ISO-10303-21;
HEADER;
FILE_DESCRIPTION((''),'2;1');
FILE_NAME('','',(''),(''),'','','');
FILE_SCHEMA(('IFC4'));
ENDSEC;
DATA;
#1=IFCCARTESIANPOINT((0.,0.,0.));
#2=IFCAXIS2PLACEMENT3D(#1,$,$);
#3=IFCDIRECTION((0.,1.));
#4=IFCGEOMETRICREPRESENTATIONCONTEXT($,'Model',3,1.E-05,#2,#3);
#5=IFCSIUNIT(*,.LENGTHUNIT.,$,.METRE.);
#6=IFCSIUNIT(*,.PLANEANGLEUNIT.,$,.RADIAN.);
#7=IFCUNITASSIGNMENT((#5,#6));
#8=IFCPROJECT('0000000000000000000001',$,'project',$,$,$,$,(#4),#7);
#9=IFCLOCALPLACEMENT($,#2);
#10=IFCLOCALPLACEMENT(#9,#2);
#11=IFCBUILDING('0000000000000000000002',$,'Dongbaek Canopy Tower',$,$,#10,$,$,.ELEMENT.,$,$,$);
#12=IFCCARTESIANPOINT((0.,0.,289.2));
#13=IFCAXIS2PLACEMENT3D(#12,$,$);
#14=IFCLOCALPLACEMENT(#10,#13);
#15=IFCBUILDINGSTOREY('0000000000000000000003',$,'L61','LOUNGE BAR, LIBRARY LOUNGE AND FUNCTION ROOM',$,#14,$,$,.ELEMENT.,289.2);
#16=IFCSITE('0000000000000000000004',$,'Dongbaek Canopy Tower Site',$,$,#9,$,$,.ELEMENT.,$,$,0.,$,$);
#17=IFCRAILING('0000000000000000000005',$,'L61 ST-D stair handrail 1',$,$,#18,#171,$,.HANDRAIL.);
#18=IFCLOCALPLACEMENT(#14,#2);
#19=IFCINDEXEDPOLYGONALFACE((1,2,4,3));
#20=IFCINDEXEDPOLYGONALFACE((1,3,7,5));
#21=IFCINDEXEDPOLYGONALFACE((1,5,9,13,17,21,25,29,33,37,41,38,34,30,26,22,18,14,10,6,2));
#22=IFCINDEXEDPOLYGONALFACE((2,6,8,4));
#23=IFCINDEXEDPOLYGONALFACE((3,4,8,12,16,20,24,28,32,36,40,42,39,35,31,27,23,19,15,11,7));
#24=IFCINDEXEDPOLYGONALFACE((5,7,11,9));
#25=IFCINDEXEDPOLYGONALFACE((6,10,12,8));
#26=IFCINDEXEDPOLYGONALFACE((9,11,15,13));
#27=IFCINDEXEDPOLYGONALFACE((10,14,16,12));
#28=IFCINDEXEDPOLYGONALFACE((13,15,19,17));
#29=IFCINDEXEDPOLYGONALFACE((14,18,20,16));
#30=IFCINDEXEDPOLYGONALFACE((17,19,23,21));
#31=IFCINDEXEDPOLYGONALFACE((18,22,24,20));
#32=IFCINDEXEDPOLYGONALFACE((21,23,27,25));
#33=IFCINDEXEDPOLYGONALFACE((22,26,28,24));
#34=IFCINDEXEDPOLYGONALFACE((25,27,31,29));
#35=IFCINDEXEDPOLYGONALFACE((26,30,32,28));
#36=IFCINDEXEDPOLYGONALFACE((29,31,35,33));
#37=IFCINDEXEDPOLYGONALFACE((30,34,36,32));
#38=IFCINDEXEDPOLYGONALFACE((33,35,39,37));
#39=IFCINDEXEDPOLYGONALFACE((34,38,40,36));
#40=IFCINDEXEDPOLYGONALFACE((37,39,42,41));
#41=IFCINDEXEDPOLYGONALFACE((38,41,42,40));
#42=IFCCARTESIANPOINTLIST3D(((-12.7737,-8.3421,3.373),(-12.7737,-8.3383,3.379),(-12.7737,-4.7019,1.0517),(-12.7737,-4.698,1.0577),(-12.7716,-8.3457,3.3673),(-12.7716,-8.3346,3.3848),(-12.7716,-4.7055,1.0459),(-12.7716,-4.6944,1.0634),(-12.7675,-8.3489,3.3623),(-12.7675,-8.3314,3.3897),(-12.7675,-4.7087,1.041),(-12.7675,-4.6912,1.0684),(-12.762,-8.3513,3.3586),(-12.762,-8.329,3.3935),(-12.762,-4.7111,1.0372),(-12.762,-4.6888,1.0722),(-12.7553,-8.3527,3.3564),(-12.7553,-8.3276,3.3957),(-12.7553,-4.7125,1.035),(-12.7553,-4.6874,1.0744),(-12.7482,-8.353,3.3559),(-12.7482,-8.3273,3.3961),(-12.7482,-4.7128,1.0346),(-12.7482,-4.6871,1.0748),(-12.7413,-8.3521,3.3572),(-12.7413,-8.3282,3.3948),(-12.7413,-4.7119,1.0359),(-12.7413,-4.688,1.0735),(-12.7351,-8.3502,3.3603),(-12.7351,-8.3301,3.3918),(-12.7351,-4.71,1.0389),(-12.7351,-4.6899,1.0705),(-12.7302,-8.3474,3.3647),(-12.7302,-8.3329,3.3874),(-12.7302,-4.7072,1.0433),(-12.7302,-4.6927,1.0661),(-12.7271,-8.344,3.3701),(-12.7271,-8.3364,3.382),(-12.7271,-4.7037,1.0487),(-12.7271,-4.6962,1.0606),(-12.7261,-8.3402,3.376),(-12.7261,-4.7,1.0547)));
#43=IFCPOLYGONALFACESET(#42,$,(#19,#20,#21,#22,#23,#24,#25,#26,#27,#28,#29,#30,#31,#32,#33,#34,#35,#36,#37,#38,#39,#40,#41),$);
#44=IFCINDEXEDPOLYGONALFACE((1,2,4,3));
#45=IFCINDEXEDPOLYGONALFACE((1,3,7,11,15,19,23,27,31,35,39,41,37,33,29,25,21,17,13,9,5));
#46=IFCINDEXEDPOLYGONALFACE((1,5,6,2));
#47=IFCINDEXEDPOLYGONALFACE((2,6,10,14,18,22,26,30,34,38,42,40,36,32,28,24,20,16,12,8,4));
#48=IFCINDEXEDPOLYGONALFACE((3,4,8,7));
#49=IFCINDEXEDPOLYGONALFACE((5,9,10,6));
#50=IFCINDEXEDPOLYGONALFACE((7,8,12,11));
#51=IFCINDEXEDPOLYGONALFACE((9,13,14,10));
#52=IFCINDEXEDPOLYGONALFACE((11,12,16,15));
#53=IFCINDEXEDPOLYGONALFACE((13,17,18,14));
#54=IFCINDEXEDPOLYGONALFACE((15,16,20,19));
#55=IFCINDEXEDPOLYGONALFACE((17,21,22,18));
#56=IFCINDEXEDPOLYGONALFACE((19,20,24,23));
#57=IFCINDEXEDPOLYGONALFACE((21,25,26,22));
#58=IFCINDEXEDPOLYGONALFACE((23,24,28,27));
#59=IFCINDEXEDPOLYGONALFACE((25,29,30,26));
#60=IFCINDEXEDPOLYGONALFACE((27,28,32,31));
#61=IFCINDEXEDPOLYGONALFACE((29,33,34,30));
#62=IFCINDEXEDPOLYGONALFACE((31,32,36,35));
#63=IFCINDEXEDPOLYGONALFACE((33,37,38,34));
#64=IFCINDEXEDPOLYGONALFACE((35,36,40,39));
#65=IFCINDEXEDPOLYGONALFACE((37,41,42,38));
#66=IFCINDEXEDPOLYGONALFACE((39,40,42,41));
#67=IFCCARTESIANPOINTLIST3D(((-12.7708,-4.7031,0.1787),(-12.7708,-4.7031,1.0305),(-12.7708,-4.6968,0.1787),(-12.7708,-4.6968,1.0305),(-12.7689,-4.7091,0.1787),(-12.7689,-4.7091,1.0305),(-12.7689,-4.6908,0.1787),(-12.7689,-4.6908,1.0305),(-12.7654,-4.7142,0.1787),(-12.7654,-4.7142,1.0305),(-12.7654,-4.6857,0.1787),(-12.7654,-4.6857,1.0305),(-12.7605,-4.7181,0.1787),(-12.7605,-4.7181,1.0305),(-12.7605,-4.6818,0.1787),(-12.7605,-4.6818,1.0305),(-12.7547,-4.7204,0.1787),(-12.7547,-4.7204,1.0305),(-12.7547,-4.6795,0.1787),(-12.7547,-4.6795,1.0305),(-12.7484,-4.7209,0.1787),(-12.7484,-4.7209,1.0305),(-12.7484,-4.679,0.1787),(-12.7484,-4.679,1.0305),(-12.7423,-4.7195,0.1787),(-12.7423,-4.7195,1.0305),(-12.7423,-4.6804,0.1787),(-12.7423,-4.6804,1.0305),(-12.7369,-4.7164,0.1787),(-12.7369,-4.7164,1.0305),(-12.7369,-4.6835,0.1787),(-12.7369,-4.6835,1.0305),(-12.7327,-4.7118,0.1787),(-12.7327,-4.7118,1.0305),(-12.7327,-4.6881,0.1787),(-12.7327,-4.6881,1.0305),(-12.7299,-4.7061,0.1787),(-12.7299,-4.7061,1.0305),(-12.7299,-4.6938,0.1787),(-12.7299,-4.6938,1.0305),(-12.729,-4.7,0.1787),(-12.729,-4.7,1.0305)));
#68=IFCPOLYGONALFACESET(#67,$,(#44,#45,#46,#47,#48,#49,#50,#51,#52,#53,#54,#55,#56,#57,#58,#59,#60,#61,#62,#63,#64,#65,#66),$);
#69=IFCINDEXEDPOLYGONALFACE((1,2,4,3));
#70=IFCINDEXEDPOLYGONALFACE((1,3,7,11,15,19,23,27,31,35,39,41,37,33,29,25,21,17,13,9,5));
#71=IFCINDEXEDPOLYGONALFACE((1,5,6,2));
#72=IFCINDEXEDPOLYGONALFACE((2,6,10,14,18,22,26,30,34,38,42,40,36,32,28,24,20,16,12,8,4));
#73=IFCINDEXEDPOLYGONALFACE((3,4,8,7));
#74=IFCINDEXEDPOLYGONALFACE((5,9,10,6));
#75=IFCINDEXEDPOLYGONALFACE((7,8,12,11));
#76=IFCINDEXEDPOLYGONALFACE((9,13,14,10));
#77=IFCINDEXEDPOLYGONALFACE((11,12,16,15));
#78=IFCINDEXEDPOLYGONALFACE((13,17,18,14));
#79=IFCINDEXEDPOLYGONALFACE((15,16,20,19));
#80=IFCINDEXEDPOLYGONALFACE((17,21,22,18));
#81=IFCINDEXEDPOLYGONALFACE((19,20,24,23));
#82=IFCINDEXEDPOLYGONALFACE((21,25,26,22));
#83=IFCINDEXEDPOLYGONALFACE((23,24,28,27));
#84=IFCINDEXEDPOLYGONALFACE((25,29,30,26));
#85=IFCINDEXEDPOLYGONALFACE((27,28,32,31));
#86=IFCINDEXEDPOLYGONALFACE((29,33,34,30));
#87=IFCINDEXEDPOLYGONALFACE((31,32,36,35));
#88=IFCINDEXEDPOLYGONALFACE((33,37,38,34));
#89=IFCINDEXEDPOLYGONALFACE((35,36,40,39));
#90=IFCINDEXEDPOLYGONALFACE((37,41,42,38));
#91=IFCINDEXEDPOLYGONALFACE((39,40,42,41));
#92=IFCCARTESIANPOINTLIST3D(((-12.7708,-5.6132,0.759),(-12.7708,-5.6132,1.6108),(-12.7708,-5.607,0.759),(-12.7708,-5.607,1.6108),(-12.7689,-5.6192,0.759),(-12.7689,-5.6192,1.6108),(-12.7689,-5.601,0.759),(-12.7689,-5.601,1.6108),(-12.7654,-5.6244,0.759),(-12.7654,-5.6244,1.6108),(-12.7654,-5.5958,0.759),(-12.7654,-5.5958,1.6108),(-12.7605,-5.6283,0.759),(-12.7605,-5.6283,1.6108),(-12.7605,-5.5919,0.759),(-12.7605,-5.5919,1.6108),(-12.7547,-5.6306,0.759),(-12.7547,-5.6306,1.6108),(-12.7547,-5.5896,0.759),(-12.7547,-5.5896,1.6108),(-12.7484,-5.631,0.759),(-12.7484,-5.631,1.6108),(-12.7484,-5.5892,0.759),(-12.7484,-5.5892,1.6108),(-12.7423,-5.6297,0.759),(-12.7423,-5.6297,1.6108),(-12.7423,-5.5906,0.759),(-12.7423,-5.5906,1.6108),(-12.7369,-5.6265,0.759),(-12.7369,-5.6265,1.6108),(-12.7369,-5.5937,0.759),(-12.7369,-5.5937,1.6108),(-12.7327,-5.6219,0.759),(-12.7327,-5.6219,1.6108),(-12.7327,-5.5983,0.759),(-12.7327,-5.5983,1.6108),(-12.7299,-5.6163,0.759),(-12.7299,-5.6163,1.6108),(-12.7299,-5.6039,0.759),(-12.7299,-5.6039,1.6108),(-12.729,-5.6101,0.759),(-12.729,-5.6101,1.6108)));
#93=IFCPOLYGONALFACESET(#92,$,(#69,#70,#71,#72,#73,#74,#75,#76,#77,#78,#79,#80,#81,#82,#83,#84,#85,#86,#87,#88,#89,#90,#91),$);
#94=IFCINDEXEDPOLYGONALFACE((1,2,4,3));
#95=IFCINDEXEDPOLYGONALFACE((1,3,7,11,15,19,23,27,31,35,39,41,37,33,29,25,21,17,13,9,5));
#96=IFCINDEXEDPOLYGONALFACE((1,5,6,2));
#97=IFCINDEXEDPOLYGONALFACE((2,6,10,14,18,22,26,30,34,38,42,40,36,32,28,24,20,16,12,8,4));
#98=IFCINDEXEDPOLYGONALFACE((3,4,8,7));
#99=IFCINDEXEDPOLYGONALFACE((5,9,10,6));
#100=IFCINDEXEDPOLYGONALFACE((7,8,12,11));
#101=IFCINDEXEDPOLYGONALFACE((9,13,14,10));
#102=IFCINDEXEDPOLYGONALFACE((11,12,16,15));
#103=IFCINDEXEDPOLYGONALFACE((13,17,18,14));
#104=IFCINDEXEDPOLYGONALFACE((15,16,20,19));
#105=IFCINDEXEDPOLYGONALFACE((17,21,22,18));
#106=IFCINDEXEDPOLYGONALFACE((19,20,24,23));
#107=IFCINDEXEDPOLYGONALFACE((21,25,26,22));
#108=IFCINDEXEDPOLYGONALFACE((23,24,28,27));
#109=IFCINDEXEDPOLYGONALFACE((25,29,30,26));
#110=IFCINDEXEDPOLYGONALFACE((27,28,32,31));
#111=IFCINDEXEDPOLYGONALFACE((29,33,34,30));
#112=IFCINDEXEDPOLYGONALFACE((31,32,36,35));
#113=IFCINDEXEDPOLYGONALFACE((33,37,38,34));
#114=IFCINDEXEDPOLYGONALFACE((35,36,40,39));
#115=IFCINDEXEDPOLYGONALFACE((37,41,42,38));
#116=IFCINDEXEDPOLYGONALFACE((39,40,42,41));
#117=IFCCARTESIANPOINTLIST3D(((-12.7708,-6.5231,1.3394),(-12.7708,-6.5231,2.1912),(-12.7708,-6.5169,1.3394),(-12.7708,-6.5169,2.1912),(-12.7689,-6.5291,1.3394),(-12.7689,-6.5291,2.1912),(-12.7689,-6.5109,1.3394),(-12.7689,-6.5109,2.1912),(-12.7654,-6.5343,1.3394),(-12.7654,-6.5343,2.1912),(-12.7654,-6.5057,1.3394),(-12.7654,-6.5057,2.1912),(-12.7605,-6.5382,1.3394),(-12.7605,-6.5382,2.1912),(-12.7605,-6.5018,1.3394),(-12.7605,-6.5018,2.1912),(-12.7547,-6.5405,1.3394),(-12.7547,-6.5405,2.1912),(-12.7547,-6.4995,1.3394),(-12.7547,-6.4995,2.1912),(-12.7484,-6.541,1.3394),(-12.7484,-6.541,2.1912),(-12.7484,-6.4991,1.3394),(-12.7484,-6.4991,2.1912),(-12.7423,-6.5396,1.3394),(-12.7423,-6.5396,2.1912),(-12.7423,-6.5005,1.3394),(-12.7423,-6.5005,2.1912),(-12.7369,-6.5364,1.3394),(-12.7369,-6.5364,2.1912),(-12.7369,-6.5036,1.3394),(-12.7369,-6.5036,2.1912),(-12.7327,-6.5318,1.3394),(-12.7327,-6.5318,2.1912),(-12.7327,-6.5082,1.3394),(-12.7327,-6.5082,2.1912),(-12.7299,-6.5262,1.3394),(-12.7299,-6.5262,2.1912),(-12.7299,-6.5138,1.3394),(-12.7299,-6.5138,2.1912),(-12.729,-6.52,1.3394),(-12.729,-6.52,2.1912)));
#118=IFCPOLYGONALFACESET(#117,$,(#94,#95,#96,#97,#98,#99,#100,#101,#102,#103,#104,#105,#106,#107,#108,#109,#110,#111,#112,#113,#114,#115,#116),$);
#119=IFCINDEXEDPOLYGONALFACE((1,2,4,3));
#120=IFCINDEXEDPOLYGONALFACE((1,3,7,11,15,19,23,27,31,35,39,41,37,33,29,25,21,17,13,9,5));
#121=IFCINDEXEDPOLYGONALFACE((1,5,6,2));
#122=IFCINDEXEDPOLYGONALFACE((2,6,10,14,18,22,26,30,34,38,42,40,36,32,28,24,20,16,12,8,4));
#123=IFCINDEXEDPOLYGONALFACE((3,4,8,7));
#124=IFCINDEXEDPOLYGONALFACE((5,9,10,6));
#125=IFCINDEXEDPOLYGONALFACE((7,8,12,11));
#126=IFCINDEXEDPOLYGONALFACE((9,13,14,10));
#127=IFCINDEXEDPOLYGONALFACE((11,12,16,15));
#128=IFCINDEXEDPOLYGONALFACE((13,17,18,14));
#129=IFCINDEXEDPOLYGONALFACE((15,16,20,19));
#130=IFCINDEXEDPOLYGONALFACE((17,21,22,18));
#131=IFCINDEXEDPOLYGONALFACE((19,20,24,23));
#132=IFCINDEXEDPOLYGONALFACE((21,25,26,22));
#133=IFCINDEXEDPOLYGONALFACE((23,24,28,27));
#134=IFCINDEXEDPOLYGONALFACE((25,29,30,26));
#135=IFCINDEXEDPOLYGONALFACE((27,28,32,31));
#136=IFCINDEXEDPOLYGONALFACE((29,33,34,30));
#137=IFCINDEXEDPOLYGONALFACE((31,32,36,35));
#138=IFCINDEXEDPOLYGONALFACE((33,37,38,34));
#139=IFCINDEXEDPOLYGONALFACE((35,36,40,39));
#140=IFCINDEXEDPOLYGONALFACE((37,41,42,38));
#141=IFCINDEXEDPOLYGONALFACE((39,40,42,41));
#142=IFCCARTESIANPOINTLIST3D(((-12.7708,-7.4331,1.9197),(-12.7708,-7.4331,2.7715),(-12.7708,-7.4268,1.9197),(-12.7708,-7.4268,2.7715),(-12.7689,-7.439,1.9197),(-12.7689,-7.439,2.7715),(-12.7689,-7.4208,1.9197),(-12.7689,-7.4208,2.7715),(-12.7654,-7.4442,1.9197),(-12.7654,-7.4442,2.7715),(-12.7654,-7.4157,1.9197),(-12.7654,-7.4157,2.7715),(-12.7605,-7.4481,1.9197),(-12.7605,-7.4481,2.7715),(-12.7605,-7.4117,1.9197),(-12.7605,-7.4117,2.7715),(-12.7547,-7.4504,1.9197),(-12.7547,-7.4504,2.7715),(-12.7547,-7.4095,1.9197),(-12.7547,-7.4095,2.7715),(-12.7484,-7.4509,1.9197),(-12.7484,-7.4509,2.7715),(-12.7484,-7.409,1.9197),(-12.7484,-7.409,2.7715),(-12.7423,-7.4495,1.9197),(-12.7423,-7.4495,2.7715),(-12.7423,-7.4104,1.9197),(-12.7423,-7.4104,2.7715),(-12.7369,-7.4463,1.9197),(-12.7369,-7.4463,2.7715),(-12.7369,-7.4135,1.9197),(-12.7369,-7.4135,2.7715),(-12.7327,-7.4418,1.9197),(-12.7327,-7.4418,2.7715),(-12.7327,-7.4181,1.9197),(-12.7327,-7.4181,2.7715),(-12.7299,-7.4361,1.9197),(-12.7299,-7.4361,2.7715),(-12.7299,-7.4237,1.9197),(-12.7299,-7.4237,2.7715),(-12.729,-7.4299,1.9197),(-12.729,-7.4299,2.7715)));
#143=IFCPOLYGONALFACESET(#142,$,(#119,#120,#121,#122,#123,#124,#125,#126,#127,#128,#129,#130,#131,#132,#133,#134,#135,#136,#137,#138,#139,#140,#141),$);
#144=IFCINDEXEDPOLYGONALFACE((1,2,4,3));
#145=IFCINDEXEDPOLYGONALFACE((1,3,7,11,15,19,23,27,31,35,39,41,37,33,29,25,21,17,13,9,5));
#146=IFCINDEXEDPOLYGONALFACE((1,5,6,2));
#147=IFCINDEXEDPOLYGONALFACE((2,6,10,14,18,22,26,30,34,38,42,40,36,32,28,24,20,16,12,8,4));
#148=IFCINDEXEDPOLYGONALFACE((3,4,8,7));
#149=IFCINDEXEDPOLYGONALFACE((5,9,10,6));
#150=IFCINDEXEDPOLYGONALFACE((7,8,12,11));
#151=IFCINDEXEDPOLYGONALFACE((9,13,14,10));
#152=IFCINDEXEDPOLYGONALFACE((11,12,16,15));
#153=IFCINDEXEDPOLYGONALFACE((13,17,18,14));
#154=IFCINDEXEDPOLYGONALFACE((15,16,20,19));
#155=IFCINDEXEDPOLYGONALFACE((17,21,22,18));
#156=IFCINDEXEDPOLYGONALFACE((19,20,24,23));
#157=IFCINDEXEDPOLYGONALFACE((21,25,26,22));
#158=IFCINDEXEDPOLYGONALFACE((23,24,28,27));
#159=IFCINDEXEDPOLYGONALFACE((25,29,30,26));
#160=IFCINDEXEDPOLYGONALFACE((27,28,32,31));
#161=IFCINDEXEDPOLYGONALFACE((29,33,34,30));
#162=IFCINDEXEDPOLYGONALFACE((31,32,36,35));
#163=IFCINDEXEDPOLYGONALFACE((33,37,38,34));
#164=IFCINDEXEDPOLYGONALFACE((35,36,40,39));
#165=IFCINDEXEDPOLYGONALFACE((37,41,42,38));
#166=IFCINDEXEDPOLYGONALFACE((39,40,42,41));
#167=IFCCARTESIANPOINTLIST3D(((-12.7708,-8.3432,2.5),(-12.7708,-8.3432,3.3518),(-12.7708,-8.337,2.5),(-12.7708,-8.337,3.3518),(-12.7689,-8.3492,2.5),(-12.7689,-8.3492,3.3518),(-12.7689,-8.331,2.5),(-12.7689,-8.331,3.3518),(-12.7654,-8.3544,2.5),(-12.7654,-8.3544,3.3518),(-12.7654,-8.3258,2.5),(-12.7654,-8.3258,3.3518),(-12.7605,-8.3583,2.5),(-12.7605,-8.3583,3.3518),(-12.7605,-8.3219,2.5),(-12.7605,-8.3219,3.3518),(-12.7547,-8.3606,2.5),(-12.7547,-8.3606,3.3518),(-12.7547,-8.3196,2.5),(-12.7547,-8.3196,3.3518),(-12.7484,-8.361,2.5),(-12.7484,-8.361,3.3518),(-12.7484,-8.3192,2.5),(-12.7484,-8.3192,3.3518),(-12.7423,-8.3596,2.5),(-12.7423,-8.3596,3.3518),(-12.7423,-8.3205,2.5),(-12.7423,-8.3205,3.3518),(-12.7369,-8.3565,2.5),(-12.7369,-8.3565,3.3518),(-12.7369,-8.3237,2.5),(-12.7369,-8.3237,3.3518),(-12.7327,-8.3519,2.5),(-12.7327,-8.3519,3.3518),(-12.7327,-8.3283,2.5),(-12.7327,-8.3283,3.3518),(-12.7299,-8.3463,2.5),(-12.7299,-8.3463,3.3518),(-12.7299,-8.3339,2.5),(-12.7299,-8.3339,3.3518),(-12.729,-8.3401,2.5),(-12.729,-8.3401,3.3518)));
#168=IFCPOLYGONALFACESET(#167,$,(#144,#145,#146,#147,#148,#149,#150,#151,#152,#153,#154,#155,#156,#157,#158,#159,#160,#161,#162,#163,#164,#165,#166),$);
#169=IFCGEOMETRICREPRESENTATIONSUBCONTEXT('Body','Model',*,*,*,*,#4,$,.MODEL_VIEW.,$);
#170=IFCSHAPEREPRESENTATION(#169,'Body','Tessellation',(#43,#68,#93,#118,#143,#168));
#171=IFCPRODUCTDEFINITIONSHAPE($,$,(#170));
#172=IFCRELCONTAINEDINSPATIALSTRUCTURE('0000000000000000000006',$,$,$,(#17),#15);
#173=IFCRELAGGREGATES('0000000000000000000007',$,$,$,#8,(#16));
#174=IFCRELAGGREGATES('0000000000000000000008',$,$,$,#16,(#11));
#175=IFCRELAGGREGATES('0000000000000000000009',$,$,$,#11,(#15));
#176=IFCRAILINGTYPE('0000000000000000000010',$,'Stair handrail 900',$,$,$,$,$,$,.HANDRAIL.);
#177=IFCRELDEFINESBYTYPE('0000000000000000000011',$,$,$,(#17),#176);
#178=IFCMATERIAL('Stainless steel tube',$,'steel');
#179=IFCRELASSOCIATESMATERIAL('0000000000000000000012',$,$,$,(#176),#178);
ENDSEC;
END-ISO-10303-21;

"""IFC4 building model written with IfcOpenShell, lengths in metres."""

from ifc_helpers import new_model, si_unit, direction, frame, origin, origin_2d, place, context, subcontext, project, spatial, circle, extrude, material, type_object, element, save


model = new_model("IFC4")

# Units and contexts
model_context = context("Model", 3, precision=1e-05, world=origin(), true_north=direction((0.0, 1.0)))
body_context = subcontext(model_context, "Body", "Model", "MODEL_VIEW")
ifc_project = project(units=[si_unit("LENGTHUNIT", "METRE"), si_unit("PLANEANGLEUNIT", "RADIAN")], contexts=[model_context])

# Site, building, storey
site_placement = place(None, origin())
site = spatial("IfcSite", under=ifc_project, at=site_placement, Name="Dongbaek Canopy Tower Site", CompositionType="ELEMENT", RefElevation=0.0)
building_placement = place(site_placement, origin())
building = spatial("IfcBuilding", under=site, at=building_placement, Name="Dongbaek Canopy Tower", CompositionType="ELEMENT")
storey_placement = place(building_placement, frame((0.0, 0.0, 289.2)))
storey = spatial("IfcBuildingStorey", under=building, at=storey_placement, Name="L61", Description="LOUNGE BAR, LIBRARY LOUNGE AND FUNCTION ROOM", CompositionType="ELEMENT", Elevation=289.2)

# Railing
ifc_material_1 = material(Name="Stainless steel tube", Category="steel")
railing_type_1 = type_object("IfcRailingType", Name="Stair handrail 900", PredefinedType="HANDRAIL", material=ifc_material_1)
railing_1_placement = place(storey_placement, frame((-12.75, -4.7, 0.1787)))
element("IfcRailing", 1, at=railing_1_placement, inside=storey, type_object=railing_type_1, Name="L61 ST-D stair handrail 1", PredefinedType="HANDRAIL", context=body_context, shape_type="SweptSolid", body=[
    extrude(circle(Radius=0.0239, at=origin_2d()), frame((0.0, 0.0, 0.876), z_axis=(0.0, -0.843153, 0.537673), x_axis=(1.0, 0.0, 0.0)), (0.0, 0.0, 1.0), 4.3174),
    extrude(circle(Radius=0.021, at=origin_2d()), origin(), (0.0, 0.0, 1.0), 0.8518),
    extrude(circle(Radius=0.021, at=origin_2d()), frame((0.0, -0.9102, 0.5803)), (0.0, 0.0, 1.0), 0.8518),
    extrude(circle(Radius=0.021, at=origin_2d()), frame((0.0, -1.8201, 1.1606)), (0.0, 0.0, 1.0), 0.8518),
    extrude(circle(Radius=0.021, at=origin_2d()), frame((0.0, -2.73, 1.741)), (0.0, 0.0, 1.0), 0.8518),
    extrude(circle(Radius=0.021, at=origin_2d()), frame((0.0, -3.6401, 2.3213)), (0.0, 0.0, 1.0), 0.8518),
])

save(model, "model.ifc")
